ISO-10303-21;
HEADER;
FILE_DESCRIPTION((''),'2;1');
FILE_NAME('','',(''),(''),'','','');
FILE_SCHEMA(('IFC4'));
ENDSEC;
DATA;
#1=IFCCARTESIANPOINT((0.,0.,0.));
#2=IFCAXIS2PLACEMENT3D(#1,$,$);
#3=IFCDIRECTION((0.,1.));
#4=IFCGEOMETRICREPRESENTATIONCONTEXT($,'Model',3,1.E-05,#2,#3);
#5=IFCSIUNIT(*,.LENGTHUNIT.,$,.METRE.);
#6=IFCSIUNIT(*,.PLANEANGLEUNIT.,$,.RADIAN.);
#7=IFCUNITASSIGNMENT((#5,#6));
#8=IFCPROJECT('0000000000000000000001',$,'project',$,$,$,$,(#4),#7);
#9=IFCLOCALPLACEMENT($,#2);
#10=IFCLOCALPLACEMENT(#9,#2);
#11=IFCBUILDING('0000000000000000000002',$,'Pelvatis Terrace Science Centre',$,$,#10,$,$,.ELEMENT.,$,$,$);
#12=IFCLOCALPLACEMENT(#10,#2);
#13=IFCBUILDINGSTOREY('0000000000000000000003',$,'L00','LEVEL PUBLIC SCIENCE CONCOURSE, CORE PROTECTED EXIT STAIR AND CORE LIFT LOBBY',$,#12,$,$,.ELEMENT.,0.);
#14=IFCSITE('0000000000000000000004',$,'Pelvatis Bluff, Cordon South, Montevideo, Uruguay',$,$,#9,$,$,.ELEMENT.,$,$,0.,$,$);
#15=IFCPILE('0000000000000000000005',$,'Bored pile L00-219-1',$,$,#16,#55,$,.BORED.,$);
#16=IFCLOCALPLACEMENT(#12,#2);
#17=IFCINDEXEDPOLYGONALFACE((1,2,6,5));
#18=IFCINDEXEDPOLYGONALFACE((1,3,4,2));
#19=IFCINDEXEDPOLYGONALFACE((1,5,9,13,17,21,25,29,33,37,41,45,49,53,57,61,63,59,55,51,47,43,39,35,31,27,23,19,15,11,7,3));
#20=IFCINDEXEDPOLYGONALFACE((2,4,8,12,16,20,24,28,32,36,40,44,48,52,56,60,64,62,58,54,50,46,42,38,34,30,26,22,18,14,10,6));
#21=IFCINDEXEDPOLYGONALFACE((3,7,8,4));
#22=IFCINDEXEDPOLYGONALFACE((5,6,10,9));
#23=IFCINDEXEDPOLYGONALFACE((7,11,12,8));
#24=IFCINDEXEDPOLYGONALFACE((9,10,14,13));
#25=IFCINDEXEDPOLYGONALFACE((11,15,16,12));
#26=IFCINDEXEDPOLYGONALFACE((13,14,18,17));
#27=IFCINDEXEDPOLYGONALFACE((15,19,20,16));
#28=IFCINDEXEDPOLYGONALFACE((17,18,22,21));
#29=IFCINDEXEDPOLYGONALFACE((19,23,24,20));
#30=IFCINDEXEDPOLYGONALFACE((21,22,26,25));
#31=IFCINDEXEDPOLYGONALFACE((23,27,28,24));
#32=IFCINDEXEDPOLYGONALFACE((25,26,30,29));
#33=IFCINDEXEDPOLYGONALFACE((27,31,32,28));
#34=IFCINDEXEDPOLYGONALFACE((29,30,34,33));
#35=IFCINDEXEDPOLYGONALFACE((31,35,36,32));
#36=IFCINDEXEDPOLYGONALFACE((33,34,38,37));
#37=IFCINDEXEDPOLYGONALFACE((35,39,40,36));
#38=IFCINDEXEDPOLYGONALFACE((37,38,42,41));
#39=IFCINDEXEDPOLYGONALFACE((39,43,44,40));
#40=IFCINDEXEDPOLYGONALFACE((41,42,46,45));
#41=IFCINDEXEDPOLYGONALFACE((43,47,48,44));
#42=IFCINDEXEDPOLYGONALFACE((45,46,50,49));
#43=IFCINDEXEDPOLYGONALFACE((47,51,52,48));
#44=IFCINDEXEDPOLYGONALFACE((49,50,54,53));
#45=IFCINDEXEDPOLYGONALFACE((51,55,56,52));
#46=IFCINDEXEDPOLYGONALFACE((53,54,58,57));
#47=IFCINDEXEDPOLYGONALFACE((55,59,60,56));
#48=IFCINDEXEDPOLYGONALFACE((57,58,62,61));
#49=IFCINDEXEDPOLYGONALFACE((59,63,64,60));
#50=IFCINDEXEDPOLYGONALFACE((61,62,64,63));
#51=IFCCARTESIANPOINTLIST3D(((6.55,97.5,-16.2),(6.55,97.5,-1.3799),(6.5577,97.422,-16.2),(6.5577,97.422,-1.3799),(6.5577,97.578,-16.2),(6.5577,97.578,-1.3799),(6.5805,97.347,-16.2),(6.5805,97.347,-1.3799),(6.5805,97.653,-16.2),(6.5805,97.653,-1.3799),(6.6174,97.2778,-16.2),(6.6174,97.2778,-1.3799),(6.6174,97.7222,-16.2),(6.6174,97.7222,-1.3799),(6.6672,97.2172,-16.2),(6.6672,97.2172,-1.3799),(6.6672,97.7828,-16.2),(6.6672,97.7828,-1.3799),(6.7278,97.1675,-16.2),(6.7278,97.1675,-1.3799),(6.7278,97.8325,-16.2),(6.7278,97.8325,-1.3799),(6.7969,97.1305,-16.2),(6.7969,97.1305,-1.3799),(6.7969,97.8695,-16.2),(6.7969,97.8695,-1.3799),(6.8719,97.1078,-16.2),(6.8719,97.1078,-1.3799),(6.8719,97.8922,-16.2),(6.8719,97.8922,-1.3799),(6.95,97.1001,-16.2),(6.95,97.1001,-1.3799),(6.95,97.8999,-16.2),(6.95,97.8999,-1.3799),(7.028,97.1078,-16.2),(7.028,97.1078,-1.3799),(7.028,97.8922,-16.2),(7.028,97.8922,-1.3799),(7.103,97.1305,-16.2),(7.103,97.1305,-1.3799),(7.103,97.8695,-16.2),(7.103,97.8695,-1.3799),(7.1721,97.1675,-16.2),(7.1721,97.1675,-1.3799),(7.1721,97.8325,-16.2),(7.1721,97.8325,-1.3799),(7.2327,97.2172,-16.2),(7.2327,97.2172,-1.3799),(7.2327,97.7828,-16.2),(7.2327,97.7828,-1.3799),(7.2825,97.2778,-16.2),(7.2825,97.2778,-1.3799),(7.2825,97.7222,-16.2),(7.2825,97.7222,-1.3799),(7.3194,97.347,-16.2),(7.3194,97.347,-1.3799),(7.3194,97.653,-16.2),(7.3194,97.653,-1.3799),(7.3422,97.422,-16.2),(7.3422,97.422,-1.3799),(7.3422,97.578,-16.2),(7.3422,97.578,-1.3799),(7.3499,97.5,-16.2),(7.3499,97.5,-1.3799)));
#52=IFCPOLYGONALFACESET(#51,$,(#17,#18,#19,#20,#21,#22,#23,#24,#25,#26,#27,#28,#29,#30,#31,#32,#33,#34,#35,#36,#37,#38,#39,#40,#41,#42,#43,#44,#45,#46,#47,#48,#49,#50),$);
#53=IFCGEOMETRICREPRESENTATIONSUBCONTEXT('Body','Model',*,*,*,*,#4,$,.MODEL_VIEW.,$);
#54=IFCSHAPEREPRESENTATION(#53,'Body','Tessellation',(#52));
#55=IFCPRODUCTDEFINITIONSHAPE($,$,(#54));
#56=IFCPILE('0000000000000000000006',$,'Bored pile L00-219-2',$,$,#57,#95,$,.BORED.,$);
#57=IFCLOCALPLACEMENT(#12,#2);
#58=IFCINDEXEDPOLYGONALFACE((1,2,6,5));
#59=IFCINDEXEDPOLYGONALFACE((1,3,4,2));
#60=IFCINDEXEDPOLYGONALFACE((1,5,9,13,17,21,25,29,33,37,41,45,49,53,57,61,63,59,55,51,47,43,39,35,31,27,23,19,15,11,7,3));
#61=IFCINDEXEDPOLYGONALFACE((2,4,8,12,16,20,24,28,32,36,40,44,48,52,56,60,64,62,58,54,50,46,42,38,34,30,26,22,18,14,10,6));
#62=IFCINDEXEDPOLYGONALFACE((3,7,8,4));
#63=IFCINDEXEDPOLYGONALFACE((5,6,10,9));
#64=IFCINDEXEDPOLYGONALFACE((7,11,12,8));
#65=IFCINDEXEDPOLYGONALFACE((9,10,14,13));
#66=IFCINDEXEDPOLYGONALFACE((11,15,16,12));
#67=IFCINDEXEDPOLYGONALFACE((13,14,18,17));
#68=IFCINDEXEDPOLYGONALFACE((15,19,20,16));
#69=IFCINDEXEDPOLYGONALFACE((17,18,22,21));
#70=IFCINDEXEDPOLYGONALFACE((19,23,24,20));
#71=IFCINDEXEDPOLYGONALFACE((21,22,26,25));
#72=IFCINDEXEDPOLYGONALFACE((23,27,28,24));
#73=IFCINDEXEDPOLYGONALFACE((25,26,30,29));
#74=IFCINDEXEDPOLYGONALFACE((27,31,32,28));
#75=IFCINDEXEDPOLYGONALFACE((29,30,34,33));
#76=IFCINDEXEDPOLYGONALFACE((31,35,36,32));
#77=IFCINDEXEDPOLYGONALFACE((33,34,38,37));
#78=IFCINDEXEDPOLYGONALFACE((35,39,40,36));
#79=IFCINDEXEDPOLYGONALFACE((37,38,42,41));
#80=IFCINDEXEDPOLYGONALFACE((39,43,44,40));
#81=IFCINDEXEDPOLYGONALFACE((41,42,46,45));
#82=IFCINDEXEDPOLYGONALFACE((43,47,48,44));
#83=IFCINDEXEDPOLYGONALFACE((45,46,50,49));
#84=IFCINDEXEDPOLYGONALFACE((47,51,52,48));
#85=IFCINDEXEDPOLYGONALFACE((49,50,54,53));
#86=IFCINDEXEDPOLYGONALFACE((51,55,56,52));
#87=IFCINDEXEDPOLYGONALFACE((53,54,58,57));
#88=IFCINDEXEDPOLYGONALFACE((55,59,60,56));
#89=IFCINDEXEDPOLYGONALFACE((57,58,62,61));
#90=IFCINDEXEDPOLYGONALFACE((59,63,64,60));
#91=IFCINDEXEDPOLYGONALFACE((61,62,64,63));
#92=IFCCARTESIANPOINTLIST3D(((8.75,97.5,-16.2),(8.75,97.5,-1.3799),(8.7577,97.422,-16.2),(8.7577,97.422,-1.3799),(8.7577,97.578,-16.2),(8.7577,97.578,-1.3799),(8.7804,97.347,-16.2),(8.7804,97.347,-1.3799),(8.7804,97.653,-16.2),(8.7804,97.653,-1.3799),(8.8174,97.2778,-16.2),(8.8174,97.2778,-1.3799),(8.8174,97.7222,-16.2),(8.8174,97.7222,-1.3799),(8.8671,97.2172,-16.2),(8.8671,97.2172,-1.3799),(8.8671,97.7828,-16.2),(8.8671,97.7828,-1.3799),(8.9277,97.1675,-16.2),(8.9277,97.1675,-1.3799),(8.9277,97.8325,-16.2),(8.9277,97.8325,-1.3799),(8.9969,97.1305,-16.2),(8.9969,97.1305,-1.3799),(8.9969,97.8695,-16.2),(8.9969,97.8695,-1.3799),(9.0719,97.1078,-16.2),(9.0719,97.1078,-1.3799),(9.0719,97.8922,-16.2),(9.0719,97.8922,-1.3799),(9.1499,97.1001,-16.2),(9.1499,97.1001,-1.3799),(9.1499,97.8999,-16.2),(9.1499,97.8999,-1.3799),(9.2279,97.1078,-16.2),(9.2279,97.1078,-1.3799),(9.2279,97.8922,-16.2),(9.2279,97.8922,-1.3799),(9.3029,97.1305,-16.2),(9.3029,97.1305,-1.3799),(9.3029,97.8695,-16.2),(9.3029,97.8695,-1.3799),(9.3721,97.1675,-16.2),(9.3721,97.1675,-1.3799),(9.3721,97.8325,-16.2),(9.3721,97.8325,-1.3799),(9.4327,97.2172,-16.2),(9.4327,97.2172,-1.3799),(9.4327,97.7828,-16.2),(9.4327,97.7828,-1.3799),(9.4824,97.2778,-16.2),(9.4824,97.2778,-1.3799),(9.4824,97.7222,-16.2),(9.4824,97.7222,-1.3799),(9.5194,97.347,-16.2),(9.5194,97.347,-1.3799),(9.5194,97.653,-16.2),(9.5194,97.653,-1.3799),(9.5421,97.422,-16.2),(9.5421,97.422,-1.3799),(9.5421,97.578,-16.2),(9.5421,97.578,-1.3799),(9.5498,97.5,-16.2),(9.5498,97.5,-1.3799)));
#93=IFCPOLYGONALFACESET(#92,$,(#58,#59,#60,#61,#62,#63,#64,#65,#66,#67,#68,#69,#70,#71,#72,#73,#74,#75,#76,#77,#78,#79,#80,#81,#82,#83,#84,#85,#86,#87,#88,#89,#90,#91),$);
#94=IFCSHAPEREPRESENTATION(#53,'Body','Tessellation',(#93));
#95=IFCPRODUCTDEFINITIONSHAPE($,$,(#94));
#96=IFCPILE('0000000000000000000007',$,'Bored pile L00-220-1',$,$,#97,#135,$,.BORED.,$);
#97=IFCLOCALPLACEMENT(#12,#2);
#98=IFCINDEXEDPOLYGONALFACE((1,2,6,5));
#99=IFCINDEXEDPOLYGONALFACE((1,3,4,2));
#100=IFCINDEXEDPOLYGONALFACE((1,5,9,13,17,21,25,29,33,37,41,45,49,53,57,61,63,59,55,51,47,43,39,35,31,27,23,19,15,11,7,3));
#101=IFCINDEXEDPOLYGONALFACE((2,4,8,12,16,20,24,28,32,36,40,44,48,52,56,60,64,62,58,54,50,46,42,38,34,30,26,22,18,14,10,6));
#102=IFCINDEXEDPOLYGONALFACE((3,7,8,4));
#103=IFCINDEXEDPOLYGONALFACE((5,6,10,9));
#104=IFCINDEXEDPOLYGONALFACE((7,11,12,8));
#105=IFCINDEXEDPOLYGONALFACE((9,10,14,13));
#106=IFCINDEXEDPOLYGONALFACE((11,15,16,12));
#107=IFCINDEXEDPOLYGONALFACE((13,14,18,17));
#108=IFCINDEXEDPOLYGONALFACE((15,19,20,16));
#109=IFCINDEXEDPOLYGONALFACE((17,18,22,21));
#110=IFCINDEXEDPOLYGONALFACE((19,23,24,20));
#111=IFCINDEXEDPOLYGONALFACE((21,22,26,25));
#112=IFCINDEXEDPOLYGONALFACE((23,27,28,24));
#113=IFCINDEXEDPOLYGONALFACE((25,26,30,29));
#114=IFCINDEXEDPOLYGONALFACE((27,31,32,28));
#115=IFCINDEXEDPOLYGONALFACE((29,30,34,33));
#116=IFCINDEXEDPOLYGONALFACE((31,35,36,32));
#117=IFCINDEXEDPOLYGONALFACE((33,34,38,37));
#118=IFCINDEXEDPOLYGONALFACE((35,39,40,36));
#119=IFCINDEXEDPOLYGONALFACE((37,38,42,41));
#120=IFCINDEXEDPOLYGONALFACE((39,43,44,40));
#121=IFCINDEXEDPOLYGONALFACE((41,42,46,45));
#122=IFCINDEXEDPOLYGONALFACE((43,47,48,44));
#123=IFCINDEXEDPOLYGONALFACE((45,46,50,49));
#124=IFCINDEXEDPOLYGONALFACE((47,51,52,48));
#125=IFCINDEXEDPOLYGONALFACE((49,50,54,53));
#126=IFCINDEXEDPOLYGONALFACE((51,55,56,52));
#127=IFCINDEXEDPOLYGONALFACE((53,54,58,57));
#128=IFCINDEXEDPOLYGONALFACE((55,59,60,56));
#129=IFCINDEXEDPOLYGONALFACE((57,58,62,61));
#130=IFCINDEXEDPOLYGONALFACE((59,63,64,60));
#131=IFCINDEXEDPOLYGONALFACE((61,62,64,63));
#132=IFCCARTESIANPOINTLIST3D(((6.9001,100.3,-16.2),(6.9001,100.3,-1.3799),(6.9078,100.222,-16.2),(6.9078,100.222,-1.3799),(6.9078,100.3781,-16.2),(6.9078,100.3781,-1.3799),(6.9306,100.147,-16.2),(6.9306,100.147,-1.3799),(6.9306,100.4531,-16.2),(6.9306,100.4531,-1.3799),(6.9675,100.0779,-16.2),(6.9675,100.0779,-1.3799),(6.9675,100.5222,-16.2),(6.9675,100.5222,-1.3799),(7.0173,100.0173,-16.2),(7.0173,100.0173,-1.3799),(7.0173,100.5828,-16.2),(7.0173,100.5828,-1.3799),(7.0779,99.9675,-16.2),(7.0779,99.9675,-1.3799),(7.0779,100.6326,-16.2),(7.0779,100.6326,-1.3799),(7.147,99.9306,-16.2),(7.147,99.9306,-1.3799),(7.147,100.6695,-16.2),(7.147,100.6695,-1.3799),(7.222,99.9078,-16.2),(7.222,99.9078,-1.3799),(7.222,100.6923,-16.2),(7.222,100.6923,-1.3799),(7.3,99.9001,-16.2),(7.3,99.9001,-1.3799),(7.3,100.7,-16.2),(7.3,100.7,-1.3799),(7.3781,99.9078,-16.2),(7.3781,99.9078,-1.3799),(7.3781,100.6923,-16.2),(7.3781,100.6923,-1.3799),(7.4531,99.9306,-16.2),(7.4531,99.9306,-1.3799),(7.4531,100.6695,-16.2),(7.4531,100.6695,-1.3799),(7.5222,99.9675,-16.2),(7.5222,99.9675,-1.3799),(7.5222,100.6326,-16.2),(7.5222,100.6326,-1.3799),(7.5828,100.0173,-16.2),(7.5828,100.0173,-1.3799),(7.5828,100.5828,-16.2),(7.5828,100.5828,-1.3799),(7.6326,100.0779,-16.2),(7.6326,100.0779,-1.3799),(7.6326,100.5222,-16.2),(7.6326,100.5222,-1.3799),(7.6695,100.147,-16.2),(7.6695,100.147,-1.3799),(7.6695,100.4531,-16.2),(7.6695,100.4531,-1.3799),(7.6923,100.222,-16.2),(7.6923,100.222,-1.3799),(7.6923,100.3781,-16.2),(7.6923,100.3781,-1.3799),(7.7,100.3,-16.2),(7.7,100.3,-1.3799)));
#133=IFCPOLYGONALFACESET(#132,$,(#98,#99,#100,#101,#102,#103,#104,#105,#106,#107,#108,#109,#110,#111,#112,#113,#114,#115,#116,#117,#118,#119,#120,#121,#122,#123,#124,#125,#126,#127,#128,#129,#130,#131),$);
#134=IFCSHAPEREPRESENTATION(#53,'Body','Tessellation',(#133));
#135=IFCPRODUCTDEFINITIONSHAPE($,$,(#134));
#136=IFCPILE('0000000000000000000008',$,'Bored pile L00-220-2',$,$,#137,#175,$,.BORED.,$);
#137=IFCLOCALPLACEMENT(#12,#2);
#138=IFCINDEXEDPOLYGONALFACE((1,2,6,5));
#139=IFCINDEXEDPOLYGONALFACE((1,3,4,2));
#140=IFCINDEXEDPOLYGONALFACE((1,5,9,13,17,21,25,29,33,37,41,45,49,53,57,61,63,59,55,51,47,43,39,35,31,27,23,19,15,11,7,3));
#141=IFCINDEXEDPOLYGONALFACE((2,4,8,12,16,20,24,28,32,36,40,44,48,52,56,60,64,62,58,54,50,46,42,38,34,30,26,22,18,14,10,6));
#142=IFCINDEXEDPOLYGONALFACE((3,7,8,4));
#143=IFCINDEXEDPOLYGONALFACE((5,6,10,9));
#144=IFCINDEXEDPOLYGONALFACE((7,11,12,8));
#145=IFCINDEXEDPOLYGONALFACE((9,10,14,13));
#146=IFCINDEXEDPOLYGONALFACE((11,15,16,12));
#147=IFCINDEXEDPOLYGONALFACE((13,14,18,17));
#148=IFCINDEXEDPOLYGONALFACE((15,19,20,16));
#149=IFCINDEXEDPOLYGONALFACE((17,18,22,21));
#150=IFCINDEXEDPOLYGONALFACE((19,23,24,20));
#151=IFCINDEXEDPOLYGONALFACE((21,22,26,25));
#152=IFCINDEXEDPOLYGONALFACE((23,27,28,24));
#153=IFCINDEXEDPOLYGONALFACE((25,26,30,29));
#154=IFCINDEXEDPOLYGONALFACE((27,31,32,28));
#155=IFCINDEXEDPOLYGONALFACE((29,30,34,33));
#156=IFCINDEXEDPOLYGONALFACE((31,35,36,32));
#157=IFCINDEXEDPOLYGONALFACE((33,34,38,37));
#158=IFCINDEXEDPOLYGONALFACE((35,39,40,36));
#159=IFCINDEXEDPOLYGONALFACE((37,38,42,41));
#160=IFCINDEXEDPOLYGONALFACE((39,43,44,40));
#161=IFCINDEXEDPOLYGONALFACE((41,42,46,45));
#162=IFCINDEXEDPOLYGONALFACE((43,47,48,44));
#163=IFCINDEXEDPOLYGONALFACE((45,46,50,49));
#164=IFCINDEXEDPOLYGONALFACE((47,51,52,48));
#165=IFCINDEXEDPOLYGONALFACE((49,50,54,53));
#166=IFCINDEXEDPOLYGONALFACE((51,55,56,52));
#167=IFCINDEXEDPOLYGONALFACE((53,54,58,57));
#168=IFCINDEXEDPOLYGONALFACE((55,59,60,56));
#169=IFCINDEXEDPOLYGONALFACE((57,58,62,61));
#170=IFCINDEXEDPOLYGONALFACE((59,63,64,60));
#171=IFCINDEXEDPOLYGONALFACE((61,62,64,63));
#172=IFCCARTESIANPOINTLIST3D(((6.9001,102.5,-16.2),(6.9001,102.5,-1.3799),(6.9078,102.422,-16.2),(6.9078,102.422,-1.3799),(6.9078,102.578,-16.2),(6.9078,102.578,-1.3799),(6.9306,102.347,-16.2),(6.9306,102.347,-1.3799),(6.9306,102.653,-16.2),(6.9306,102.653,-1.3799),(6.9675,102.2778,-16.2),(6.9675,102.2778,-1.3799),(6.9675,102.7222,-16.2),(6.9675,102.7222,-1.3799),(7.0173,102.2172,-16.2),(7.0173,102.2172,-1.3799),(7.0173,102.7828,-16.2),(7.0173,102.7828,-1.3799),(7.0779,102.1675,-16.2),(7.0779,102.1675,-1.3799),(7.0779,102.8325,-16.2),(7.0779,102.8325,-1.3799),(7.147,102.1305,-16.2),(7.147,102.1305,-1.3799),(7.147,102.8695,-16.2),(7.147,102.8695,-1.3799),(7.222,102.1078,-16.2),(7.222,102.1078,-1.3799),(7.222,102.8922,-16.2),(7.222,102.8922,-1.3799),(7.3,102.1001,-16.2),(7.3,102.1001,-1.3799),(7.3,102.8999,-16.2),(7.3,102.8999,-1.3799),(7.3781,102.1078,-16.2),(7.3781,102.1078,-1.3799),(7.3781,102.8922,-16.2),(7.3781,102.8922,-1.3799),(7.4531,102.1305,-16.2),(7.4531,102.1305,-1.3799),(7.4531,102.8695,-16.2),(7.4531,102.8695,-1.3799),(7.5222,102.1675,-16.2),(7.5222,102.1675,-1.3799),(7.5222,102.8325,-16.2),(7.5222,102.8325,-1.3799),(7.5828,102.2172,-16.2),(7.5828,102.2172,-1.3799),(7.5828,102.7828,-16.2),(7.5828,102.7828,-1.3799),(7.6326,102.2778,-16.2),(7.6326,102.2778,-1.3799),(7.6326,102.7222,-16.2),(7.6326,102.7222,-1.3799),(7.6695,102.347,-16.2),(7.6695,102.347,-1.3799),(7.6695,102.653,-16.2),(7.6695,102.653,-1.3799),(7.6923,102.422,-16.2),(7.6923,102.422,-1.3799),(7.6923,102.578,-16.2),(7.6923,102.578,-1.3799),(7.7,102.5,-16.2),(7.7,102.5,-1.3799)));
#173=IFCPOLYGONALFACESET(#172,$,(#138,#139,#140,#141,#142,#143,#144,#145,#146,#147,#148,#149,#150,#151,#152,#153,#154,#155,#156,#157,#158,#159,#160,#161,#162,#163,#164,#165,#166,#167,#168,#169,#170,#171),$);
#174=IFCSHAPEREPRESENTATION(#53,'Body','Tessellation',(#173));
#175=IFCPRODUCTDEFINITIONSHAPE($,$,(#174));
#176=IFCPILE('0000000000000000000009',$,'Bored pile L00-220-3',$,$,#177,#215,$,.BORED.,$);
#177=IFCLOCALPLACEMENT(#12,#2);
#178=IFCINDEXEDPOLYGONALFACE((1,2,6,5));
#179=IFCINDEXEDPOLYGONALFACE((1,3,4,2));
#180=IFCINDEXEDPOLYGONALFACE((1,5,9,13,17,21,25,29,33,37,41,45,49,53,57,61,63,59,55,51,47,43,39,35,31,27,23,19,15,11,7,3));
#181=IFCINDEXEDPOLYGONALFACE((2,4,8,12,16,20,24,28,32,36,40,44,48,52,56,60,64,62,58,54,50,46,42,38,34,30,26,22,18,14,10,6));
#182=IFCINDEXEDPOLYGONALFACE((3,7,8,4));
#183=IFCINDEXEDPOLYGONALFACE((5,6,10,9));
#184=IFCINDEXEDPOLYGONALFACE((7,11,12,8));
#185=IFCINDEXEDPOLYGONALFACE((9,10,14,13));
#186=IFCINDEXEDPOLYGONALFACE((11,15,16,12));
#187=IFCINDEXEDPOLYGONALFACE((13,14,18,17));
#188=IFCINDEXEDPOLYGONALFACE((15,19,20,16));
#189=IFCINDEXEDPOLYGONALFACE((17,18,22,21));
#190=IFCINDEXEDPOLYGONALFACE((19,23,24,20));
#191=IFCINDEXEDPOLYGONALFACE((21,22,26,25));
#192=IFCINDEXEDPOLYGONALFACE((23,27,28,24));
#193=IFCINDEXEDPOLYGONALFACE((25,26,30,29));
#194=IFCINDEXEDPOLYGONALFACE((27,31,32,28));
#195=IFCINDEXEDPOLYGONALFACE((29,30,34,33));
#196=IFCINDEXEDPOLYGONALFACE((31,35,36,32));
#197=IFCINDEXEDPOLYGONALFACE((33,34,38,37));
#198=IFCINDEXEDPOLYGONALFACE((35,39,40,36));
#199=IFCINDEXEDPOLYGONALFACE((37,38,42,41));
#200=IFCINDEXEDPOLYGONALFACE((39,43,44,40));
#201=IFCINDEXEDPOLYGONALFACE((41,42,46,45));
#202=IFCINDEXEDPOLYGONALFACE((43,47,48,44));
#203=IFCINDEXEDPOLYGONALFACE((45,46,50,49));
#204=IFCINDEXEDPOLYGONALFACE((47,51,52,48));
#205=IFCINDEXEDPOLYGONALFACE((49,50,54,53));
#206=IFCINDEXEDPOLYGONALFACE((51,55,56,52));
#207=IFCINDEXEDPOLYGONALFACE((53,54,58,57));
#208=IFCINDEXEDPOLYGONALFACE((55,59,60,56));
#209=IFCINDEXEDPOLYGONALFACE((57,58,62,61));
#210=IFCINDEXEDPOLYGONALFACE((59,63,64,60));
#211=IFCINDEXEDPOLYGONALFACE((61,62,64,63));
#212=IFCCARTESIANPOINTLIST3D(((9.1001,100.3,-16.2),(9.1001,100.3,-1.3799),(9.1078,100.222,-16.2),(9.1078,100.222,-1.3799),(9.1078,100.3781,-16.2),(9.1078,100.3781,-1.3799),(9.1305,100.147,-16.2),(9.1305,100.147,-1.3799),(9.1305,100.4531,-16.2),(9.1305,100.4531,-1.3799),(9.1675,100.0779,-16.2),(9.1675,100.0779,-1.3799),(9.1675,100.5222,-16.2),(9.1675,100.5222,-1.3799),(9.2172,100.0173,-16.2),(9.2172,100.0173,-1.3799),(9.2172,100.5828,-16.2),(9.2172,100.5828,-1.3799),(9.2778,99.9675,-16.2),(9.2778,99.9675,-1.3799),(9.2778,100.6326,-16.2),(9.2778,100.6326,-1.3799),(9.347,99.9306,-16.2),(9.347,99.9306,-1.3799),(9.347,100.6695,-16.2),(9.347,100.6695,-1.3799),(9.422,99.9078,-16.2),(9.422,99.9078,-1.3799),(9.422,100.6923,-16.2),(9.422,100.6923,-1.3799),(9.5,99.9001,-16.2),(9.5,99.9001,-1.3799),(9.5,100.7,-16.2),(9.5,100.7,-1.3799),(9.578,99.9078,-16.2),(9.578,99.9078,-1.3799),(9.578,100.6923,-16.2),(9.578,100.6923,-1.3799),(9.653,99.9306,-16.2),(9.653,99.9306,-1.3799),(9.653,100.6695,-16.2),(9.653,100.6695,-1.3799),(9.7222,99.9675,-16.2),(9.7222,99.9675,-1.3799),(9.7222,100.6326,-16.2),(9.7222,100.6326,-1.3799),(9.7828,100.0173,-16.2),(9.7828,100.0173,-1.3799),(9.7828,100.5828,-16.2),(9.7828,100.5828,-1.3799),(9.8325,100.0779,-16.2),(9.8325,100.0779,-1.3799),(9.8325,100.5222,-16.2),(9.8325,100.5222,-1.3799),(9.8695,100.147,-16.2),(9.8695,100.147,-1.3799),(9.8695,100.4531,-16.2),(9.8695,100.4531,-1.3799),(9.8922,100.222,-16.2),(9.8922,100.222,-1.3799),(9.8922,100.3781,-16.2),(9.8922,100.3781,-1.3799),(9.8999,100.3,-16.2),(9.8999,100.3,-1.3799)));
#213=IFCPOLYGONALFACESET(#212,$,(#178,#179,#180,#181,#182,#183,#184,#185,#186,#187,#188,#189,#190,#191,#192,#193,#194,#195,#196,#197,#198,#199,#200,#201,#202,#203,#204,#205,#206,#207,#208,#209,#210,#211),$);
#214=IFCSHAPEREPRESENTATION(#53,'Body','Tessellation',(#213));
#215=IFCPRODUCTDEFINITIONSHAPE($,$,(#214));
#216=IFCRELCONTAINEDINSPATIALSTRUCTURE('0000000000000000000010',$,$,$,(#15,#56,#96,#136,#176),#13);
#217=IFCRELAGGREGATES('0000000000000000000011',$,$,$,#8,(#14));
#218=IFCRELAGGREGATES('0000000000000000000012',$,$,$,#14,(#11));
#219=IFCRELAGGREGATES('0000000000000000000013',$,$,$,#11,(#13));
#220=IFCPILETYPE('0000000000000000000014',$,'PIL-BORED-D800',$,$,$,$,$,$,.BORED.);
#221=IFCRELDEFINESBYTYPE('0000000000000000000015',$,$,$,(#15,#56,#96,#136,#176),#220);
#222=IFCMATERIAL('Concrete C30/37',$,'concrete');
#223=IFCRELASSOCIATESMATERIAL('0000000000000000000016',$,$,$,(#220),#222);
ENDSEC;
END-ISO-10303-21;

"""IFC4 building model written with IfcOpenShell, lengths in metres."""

from ifc_helpers import new_model, si_unit, direction, frame, origin, origin_2d, place, context, subcontext, project, spatial, circle, extrude, material, material_profile, profile_set, type_object, element, save


model = new_model("IFC4")

# Units and contexts
model_context = context("Model", 3, precision=1e-05, world=origin(), true_north=direction((0.0, 1.0)))
body_context = subcontext(model_context, "Body", "Model", "MODEL_VIEW")
ifc_project = project(units=[si_unit("LENGTHUNIT", "METRE"), si_unit("PLANEANGLEUNIT", "RADIAN")], contexts=[model_context])

# Site, building, storey
site_placement = place(None, origin())
site = spatial("IfcSite", under=ifc_project, at=site_placement, Name="Pelvatis Bluff, Cordon South, Montevideo, Uruguay", CompositionType="ELEMENT", RefElevation=0.0)
building_placement = place(site_placement, origin())
building = spatial("IfcBuilding", under=site, at=building_placement, Name="Pelvatis Terrace Science Centre", CompositionType="ELEMENT")
storey_placement = place(building_placement, origin())
storey = spatial("IfcBuildingStorey", under=building, at=storey_placement, Name="L00", Description="LEVEL PUBLIC SCIENCE CONCOURSE, CORE PROTECTED EXIT STAIR AND CORE LIFT LOBBY", CompositionType="ELEMENT", Elevation=0.0)

# Piles
ifc_material_1 = material(Name="Concrete C30/37", Category="concrete")
ifc_material_profile_1 = material_profile(ifc_material_1, circle(Radius=0.3999, at=origin_2d()), Name="PILE D800")
ifc_profile_set_1 = profile_set([ifc_material_profile_1], Name="Concrete C30/37")
pile_type = type_object("IfcPileType", Name="PIL-BORED-D800", PredefinedType="BORED", material=ifc_profile_set_1)
for number, where, z_axis, x_axis, name in (
    (1, (6.95, 97.5, -1.3799), (0.0, 0.0, -1.0), (1.0, 0.0, 0.0), "Bored pile L00-219-1"),
    (2, (9.1499, 97.5, -1.3799), (0.0, 0.0, -1.0), (1.0, 0.0, 0.0), "Bored pile L00-219-2"),
    (3, (7.3, 100.3, -1.3799), (0.0, 0.0, -1.0), (1.0, 0.0, 0.0), "Bored pile L00-220-1"),
    (4, (7.3, 102.5, -1.3799), (0.0, 0.0, -1.0), (1.0, 0.0, 0.0), "Bored pile L00-220-2"),
    (5, (9.5, 100.3, -1.3799), (0.0, 0.0, -1.0), (1.0, 0.0, 0.0), "Bored pile L00-220-3"),
):
    element("IfcPile", number, at=place(storey_placement, frame(where, z_axis=z_axis, x_axis=x_axis)), inside=storey, type_object=pile_type, Name=name, PredefinedType="BORED", context=body_context, shape_type="SweptSolid", body=[
        extrude(circle(Radius=0.3999, at=origin_2d()), origin(), (0.0, 0.0, 1.0), 14.8201),
    ])

save(model, "model.ifc")
